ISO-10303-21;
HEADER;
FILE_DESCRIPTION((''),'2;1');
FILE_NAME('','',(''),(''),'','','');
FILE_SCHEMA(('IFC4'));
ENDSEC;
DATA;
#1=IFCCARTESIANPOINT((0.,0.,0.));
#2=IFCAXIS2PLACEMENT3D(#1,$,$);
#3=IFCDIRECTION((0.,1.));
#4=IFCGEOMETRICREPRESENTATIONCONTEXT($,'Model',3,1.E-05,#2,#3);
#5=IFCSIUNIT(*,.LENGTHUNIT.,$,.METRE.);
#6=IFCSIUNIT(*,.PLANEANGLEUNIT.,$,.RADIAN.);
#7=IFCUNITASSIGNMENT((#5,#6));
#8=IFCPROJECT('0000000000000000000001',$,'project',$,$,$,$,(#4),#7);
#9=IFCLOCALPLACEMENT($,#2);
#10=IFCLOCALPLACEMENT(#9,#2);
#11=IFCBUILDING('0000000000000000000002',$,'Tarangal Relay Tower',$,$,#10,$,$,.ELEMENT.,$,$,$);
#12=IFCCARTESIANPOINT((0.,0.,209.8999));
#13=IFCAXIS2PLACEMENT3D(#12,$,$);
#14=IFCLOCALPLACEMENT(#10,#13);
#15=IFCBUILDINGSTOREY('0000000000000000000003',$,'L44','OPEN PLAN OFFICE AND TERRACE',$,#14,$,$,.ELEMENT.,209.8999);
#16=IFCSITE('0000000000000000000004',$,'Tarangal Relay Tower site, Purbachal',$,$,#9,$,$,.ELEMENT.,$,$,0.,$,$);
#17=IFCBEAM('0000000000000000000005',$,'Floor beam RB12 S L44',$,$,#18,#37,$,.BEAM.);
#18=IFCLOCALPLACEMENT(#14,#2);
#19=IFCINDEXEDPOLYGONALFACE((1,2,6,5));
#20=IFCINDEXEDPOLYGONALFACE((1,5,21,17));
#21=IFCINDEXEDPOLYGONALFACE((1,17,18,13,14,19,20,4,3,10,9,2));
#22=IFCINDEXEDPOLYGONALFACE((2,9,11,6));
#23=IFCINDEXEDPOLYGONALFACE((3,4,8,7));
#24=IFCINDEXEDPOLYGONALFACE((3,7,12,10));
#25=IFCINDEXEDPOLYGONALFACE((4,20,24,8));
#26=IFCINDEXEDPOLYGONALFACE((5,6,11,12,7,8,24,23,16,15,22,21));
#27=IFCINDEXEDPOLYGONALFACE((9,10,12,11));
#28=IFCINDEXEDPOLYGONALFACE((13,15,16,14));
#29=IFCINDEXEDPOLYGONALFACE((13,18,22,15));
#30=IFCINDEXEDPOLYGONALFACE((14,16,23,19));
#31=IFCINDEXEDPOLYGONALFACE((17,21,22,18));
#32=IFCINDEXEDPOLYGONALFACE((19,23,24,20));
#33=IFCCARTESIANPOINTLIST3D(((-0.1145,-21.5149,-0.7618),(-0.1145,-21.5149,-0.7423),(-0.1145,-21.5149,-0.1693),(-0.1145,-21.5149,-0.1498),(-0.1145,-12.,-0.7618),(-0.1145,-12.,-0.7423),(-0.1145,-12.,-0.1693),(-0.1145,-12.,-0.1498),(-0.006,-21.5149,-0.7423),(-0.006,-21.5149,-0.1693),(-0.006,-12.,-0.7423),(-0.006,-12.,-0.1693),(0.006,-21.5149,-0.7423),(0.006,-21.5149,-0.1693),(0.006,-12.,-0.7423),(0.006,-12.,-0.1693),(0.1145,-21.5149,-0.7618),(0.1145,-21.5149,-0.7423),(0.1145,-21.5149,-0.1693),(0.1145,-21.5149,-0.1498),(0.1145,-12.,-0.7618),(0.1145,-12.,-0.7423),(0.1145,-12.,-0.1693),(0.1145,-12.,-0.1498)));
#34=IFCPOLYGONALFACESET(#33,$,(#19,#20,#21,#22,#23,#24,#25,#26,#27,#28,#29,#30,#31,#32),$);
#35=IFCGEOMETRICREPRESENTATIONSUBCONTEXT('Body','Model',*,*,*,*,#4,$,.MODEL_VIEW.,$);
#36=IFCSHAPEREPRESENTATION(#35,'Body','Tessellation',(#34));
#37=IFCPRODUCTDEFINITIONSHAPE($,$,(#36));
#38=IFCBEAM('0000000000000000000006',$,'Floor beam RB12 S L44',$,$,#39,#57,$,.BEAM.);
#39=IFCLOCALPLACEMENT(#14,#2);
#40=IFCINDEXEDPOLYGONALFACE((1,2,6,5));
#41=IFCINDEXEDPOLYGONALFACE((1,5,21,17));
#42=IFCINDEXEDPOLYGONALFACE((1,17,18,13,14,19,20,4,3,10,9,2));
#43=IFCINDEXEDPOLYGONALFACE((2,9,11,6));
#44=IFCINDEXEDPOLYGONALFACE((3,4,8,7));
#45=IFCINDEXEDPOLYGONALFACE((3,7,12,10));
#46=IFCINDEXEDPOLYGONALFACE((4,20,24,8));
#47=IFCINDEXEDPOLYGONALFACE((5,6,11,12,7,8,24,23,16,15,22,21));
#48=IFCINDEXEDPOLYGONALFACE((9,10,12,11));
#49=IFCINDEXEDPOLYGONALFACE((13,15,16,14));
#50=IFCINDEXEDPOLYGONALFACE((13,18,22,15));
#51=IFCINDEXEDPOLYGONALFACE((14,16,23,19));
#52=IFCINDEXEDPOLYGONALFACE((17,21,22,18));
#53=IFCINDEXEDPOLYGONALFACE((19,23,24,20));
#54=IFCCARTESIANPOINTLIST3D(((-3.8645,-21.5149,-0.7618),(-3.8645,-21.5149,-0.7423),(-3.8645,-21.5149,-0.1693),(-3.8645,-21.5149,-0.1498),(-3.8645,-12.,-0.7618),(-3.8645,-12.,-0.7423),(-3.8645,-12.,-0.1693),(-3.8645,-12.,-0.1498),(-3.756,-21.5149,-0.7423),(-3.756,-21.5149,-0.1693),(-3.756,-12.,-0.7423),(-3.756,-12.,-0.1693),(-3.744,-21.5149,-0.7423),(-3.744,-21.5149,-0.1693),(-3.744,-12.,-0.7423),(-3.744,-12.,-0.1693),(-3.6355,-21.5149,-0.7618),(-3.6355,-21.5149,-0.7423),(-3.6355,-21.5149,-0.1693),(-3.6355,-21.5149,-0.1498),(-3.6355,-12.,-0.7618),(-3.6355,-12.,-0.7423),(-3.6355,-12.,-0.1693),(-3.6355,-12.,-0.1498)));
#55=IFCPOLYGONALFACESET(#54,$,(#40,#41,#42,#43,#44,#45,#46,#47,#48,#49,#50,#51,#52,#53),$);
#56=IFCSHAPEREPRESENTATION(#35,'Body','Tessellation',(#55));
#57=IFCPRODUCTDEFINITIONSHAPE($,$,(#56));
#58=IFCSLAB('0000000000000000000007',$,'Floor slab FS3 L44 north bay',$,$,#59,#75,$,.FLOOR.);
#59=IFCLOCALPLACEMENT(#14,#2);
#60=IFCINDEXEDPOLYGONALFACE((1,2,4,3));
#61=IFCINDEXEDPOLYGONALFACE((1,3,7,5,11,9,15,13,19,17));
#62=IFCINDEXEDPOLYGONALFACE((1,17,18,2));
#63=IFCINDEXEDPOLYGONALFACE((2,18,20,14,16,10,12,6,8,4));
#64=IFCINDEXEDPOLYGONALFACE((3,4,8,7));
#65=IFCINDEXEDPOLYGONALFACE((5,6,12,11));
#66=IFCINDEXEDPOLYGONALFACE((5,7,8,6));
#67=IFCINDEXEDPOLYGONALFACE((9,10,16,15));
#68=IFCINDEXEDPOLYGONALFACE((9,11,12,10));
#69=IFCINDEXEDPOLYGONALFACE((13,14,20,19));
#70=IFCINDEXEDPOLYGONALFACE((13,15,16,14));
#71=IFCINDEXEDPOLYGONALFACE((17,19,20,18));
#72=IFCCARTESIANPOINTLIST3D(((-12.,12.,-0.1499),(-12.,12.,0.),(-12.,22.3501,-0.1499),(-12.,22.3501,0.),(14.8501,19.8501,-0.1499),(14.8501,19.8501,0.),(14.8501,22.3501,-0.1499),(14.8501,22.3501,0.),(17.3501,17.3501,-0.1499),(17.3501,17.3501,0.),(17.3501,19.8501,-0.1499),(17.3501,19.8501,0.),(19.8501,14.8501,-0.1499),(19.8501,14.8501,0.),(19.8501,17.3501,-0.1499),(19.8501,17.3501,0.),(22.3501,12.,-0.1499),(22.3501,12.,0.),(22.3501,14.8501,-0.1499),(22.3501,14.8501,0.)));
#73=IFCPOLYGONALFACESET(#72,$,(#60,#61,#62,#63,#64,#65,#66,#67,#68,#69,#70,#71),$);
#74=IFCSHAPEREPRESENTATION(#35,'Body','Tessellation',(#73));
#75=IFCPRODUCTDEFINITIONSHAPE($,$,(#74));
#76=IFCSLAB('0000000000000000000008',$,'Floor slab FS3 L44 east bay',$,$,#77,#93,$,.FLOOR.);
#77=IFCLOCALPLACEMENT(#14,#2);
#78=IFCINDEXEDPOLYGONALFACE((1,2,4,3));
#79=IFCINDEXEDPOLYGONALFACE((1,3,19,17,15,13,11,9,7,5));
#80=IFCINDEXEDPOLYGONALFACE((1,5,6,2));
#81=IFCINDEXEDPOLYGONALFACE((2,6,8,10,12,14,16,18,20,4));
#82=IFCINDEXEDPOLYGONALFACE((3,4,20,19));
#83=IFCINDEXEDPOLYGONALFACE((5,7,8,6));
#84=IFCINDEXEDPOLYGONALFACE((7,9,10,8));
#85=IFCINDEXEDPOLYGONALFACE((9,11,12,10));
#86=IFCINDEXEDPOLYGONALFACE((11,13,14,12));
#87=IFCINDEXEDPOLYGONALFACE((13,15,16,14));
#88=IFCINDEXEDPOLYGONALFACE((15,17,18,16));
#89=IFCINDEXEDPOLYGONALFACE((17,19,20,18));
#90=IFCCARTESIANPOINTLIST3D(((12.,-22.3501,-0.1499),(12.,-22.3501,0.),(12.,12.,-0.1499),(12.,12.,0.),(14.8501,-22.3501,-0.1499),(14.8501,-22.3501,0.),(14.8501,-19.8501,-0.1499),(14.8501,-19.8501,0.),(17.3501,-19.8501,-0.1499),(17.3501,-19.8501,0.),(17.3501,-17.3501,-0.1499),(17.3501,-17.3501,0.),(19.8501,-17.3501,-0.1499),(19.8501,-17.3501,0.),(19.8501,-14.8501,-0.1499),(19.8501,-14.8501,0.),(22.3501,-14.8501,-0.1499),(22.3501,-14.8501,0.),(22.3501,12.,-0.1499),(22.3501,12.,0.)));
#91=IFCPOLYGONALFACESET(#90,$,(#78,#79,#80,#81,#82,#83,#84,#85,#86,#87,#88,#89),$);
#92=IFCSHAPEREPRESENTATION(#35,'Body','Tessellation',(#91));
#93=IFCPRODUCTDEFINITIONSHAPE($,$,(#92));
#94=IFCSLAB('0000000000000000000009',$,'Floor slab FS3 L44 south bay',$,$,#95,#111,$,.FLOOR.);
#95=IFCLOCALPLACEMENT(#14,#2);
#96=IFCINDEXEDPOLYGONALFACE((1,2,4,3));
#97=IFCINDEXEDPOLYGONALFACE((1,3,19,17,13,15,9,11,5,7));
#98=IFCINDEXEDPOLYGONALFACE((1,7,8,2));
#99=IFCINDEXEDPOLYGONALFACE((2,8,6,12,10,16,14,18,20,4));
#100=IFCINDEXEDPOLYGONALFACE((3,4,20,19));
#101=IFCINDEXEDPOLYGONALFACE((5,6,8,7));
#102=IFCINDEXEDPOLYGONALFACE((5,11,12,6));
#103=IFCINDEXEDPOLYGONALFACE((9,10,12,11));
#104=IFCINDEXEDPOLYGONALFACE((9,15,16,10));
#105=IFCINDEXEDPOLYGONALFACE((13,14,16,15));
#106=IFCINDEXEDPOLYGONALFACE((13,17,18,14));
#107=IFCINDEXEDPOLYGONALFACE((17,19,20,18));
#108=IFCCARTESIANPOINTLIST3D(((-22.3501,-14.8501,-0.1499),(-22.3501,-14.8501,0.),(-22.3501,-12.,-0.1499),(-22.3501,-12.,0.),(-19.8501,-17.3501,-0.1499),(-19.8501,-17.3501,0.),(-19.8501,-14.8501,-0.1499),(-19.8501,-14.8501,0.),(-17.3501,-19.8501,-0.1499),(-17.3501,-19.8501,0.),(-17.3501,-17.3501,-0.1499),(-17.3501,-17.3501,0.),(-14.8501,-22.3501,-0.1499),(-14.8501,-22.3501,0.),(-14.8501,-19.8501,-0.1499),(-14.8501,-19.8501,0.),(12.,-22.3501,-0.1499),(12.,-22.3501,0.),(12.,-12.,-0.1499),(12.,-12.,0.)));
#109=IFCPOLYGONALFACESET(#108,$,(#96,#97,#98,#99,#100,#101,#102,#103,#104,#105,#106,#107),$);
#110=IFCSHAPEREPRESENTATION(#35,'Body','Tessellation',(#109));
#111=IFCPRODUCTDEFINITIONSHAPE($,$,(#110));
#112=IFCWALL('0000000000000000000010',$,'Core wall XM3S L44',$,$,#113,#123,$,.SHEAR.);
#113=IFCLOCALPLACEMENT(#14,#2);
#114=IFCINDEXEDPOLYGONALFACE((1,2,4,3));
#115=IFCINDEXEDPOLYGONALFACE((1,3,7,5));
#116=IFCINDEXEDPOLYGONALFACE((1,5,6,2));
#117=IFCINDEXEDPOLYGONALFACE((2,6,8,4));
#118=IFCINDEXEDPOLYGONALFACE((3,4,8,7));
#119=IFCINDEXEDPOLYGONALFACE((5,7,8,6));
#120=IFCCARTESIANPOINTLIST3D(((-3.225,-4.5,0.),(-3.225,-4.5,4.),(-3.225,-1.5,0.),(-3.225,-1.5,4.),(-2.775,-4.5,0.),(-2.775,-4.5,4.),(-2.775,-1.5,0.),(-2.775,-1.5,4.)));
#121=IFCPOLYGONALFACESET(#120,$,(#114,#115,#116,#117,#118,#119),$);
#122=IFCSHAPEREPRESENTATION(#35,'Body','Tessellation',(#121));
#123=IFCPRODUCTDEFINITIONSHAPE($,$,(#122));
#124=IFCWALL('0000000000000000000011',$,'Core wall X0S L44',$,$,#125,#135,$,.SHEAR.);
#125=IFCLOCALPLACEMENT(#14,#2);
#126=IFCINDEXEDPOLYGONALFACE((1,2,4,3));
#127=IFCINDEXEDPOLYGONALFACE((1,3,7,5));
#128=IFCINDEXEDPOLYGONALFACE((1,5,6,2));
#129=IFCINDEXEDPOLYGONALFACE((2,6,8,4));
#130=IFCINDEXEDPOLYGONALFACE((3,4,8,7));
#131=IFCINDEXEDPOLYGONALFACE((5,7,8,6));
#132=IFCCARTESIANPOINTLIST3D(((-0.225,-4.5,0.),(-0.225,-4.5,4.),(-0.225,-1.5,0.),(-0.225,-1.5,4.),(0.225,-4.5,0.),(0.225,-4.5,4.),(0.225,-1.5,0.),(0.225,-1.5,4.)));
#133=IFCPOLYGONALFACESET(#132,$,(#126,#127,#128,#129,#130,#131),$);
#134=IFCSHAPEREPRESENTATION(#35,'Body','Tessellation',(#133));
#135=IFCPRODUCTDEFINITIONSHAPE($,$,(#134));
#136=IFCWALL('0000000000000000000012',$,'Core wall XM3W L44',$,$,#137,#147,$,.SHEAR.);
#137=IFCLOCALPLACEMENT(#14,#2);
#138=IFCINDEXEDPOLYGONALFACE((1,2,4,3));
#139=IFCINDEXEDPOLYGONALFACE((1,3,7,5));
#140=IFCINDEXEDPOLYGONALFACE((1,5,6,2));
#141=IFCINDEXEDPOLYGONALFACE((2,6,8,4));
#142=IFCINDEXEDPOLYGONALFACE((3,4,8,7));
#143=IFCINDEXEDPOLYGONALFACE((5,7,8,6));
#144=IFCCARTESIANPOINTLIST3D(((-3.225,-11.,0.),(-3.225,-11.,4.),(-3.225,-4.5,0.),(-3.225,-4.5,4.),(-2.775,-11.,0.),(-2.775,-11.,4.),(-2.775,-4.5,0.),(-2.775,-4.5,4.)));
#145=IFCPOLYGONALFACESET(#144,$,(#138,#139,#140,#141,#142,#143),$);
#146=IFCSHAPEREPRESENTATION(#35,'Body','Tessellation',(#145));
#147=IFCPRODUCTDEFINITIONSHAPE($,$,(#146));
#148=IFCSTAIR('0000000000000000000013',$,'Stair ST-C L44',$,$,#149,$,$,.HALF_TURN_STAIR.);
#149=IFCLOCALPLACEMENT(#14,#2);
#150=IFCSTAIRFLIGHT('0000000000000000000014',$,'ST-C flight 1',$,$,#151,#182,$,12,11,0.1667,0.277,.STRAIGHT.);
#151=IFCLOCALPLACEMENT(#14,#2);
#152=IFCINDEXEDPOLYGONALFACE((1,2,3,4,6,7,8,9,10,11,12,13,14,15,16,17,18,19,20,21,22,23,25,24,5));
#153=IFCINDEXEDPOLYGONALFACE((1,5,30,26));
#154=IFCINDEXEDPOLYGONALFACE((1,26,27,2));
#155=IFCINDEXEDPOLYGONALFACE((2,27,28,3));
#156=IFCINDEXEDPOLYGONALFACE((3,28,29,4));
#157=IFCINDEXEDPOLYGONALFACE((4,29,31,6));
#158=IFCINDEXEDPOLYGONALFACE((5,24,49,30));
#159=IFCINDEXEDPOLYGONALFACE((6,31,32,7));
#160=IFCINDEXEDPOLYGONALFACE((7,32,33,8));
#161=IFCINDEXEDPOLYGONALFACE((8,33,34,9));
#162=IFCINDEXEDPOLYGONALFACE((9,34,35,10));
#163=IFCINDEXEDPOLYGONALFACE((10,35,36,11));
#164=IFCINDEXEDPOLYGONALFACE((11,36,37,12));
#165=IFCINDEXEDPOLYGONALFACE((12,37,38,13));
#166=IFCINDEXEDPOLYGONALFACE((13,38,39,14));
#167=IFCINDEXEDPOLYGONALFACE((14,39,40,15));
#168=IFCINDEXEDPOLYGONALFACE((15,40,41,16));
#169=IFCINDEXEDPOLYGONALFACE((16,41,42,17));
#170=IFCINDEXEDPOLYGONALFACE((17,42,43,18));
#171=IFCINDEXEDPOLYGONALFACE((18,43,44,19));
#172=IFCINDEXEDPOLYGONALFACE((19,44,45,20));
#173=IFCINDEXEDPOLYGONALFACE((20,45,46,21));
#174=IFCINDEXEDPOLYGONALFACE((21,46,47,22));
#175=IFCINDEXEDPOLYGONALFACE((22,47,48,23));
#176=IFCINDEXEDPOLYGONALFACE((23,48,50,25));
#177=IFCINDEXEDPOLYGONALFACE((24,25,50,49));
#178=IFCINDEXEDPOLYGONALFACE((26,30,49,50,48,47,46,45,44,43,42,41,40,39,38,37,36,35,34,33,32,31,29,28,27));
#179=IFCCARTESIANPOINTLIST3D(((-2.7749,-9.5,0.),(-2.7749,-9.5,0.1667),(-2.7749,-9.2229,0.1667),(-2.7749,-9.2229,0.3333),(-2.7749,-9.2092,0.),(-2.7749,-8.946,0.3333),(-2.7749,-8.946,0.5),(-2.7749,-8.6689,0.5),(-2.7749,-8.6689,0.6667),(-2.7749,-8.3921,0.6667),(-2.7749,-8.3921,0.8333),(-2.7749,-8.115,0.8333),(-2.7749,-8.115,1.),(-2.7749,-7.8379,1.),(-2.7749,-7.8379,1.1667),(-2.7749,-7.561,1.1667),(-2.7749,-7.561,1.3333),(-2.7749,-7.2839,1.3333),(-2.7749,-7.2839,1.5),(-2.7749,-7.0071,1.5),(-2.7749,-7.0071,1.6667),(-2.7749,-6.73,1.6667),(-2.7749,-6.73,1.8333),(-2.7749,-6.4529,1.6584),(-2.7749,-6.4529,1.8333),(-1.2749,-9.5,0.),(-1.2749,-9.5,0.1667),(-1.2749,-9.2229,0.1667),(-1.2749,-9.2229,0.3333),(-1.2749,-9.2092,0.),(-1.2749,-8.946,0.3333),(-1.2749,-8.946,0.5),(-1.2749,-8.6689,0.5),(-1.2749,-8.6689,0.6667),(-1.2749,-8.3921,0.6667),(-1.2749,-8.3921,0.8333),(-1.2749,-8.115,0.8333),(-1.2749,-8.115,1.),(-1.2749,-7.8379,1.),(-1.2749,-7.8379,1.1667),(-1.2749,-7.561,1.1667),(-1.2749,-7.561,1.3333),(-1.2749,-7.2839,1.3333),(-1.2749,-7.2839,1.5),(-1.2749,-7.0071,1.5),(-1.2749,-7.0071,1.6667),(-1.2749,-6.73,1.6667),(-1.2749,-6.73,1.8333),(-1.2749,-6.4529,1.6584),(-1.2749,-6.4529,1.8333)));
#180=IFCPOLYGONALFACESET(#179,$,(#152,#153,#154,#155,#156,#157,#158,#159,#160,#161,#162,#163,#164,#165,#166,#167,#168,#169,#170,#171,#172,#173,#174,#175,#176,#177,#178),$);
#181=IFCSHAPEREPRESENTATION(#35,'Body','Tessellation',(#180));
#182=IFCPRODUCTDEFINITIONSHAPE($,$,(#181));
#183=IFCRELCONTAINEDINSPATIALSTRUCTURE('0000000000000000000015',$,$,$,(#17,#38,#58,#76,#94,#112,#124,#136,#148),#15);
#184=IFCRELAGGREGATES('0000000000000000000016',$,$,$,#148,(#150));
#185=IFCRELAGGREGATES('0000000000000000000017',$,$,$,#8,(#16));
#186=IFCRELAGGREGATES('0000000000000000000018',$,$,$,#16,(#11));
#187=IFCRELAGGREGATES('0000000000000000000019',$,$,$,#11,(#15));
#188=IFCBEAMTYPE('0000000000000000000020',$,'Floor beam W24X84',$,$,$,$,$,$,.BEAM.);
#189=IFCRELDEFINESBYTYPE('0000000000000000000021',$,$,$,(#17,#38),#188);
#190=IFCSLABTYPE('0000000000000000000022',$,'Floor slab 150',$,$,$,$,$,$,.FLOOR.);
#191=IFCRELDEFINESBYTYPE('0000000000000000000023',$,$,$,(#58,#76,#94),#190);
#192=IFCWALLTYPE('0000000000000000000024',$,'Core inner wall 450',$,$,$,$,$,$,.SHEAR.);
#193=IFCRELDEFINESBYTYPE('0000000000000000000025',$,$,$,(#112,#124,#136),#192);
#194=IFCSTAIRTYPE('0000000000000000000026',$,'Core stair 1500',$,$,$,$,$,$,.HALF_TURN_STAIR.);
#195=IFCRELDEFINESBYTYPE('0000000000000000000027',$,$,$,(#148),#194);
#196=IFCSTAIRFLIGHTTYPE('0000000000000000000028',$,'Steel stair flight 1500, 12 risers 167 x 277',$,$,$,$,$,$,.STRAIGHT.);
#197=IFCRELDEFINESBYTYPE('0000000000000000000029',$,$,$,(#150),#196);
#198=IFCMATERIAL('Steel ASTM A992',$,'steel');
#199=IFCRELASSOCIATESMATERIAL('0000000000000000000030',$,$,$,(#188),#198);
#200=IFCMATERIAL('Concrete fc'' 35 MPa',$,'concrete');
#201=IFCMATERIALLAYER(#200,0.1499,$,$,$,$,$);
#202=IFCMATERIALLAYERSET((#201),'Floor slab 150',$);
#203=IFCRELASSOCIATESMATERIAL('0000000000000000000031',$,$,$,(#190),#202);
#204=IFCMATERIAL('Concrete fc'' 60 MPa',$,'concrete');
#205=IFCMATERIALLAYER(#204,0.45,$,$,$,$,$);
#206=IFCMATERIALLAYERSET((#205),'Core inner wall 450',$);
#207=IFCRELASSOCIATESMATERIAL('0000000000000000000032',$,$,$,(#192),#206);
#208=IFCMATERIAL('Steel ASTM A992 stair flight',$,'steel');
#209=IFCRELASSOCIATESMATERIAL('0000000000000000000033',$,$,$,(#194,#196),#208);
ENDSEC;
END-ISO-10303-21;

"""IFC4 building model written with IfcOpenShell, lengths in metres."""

from ifc_helpers import new_model, si_unit, direction, frame, frame_2d, origin, origin_2d, place, context, subcontext, project, spatial, polyline, rectangle, i_section, outline, extrude, material, layer, layer_set, material_profile, profile_set, type_object, element, aggregate, save


model = new_model("IFC4")

# Units and contexts
model_context = context("Model", 3, precision=1e-05, world=origin(), true_north=direction((0.0, 1.0)))
body_context = subcontext(model_context, "Body", "Model", "MODEL_VIEW")
ifc_project = project(units=[si_unit("LENGTHUNIT", "METRE"), si_unit("PLANEANGLEUNIT", "RADIAN")], contexts=[model_context])

# Site, building, storey
site_placement = place(None, origin())
site = spatial("IfcSite", under=ifc_project, at=site_placement, Name="Tarangal Relay Tower site, Purbachal", CompositionType="ELEMENT", RefElevation=0.0)
building_placement = place(site_placement, origin())
building = spatial("IfcBuilding", under=site, at=building_placement, Name="Tarangal Relay Tower", CompositionType="ELEMENT")
storey_placement = place(building_placement, frame((0.0, 0.0, 209.8999)))
storey = spatial("IfcBuildingStorey", under=building, at=storey_placement, Name="L44", Description="OPEN PLAN OFFICE AND TERRACE", CompositionType="ELEMENT", Elevation=209.8999)

# Beams
ifc_material_1 = material(Name="Steel ASTM A992", Category="steel")
ifc_material_profile = material_profile(ifc_material_1, i_section(OverallWidth=0.229, OverallDepth=0.6121, WebThickness=0.012, FlangeThickness=0.0195, at=origin_2d()), Name="W24X84")
ifc_profile_set = profile_set([ifc_material_profile], Name="Steel ASTM A992")
beam_type = type_object("IfcBeamType", Name="Floor beam W24X84", PredefinedType="BEAM", material=ifc_profile_set)
for number, where, z_axis, x_axis, name in (
    (1, (0.0, -12.0, -0.4558), (0.0, -1.0, 0.0), (1.0, 0.0, 0.0), "Floor beam RB12 S L44"),
    (2, (-3.75, -12.0, -0.4558), (0.0, -1.0, 0.0), (1.0, 0.0, 0.0), "Floor beam RB12 S L44"),
):
    element("IfcBeam", number, at=place(storey_placement, frame(where, z_axis=z_axis, x_axis=x_axis)), inside=storey, type_object=beam_type, Name=name, PredefinedType="BEAM", context=body_context, shape_type="SweptSolid", body=[
        extrude(i_section(OverallWidth=0.229, OverallDepth=0.6121, WebThickness=0.012, FlangeThickness=0.0195, at=origin_2d()), origin(), (0.0, 0.0, 1.0), 9.5149),
    ])

# Slabs
ifc_material_2 = material(Name="Concrete fc' 35 MPa", Category="concrete")
ifc_layer_1 = layer(ifc_material_2, 0.1499)
ifc_layer_set_1 = layer_set([ifc_layer_1], Name="Floor slab 150")
slab_type = type_object("IfcSlabType", Name="Floor slab 150", PredefinedType="FLOOR", material=ifc_layer_set_1)
slab_1_placement = place(storey_placement, frame((0.0, 0.0, -0.1499)))
element("IfcSlab", 3, at=slab_1_placement, inside=storey, type_object=slab_type, Name="Floor slab FS3 L44 north bay", PredefinedType="FLOOR", context=body_context, shape_type="SweptSolid", body=[
    extrude(outline(polyline([(14.8501, 22.3501), (14.8501, 19.8501), (17.3501, 19.8501), (17.3501, 17.3501), (19.8501, 17.3501), (19.8501, 14.8501), (22.3501, 14.8501), (22.3501, 12.0), (-12.0, 12.0), (-12.0, 22.3501), (14.8501, 22.3501)])), origin(), (0.0, 0.0, 1.0), 0.1499),
])
slab_2_placement = place(storey_placement, frame((0.0, 0.0, -0.1499)))
element("IfcSlab", 4, at=slab_2_placement, inside=storey, type_object=slab_type, Name="Floor slab FS3 L44 east bay", PredefinedType="FLOOR", context=body_context, shape_type="SweptSolid", body=[
    extrude(outline(polyline([(22.3501, -14.8501), (19.8501, -14.8501), (19.8501, -17.3501), (17.3501, -17.3501), (17.3501, -19.8501), (14.8501, -19.8501), (14.8501, -22.3501), (12.0, -22.3501), (12.0, 12.0), (22.3501, 12.0), (22.3501, -14.8501)])), origin(), (0.0, 0.0, 1.0), 0.1499),
])
slab_3_placement = place(storey_placement, frame((0.0, 0.0, -0.1499)))
element("IfcSlab", 5, at=slab_3_placement, inside=storey, type_object=slab_type, Name="Floor slab FS3 L44 south bay", PredefinedType="FLOOR", context=body_context, shape_type="SweptSolid", body=[
    extrude(outline(polyline([(-14.8501, -22.3501), (-14.8501, -19.8501), (-17.3501, -19.8501), (-17.3501, -17.3501), (-19.8501, -17.3501), (-19.8501, -14.8501), (-22.3501, -14.8501), (-22.3501, -12.0), (12.0, -12.0), (12.0, -22.3501), (-14.8501, -22.3501)])), origin(), (0.0, 0.0, 1.0), 0.1499),
])

# Walls
ifc_material_3 = material(Name="Concrete fc' 60 MPa", Category="concrete")
ifc_layer_2 = layer(ifc_material_3, 0.45)
ifc_layer_set_2 = layer_set([ifc_layer_2], Name="Core inner wall 450")
wall_type = type_object("IfcWallType", Name="Core inner wall 450", PredefinedType="SHEAR", material=ifc_layer_set_2)
for number, where, z_axis, x_axis, name in (
    (6, (-3.0, -4.5, 0.0), (0.0, 0.0, 1.0), (0.0, 1.0, 0.0), "Core wall XM3S L44"),
    (7, (0.0, -4.5, 0.0), (0.0, 0.0, 1.0), (0.0, 1.0, 0.0), "Core wall X0S L44"),
):
    element("IfcWall", number, at=place(storey_placement, frame(where, z_axis=z_axis, x_axis=x_axis)), inside=storey, type_object=wall_type, Name=name, PredefinedType="SHEAR", context=body_context, shape_type="SweptSolid", body=[
        extrude(rectangle(XDim=3.0, YDim=0.45, at=frame_2d((1.5, 0.0))), origin(), (0.0, 0.0, 1.0), 4.0),
    ])
wall_placement = place(storey_placement, frame((-3.0, -11.0, 0.0), z_axis=(0.0, 0.0, 1.0), x_axis=(0.0, 1.0, 0.0)))
element("IfcWall", 8, at=wall_placement, inside=storey, type_object=wall_type, Name="Core wall XM3W L44", PredefinedType="SHEAR", context=body_context, shape_type="SweptSolid", body=[
    extrude(rectangle(XDim=6.5, YDim=0.45, at=frame_2d((3.25, 0.0))), origin(), (0.0, 0.0, 1.0), 4.0),
])

# Stair, stair flight
ifc_material_4 = material(Name="Steel ASTM A992 stair flight", Category="steel")
stair_type = type_object("IfcStairType", Name="Core stair 1500", PredefinedType="HALF_TURN_STAIR", material=ifc_material_4)
stair_placement = place(storey_placement, origin())
stair = element("IfcStair", 9, at=stair_placement, inside=storey, type_object=stair_type, Name="Stair ST-C L44", PredefinedType="HALF_TURN_STAIR")
stair_flight_type = type_object("IfcStairFlightType", Name="Steel stair flight 1500, 12 risers 167 x 277", PredefinedType="STRAIGHT", material=ifc_material_4)
stair_flight_placement = place(storey_placement, frame((-2.0249, -9.5, 0.0), z_axis=(0.0, 0.0, 1.0), x_axis=(0.0, 1.0, 0.0)))
stair_flight = element("IfcStairFlight", 10, at=stair_flight_placement, type_object=stair_flight_type, Name="ST-C flight 1", NumberOfRisers=12, NumberOfTreads=11, PredefinedType="STRAIGHT", RiserHeight=0.1667, TreadLength=0.277, context=body_context, shape_type="SweptSolid", body=[
    extrude(outline(polyline([(0.0, 0.0), (0.0, 0.1667), (0.2771, 0.1667), (0.2771, 0.3333), (0.554, 0.3333), (0.554, 0.5), (0.8311, 0.5), (0.8311, 0.6667), (1.1079, 0.6667), (1.1079, 0.8333), (1.385, 0.8333), (1.385, 1.0), (1.6621, 1.0), (1.6621, 1.1667), (1.939, 1.1667), (1.939, 1.3333), (2.2161, 1.3333), (2.2161, 1.5), (2.4929, 1.5), (2.4929, 1.6667), (2.77, 1.6667), (2.77, 1.8333), (3.0471, 1.8333), (3.0471, 2.0), (3.0471, 1.6584), (0.2908, 0.0), (0.0, 0.0)])), frame((0.0, 0.75, 0.0), z_axis=(0.0, -1.0, 0.0), x_axis=(1.0, 0.0, 0.0)), (0.0, 0.0, 1.0), 1.5),
])
aggregate(stair, [stair_flight])

save(model, "model.ifc")
